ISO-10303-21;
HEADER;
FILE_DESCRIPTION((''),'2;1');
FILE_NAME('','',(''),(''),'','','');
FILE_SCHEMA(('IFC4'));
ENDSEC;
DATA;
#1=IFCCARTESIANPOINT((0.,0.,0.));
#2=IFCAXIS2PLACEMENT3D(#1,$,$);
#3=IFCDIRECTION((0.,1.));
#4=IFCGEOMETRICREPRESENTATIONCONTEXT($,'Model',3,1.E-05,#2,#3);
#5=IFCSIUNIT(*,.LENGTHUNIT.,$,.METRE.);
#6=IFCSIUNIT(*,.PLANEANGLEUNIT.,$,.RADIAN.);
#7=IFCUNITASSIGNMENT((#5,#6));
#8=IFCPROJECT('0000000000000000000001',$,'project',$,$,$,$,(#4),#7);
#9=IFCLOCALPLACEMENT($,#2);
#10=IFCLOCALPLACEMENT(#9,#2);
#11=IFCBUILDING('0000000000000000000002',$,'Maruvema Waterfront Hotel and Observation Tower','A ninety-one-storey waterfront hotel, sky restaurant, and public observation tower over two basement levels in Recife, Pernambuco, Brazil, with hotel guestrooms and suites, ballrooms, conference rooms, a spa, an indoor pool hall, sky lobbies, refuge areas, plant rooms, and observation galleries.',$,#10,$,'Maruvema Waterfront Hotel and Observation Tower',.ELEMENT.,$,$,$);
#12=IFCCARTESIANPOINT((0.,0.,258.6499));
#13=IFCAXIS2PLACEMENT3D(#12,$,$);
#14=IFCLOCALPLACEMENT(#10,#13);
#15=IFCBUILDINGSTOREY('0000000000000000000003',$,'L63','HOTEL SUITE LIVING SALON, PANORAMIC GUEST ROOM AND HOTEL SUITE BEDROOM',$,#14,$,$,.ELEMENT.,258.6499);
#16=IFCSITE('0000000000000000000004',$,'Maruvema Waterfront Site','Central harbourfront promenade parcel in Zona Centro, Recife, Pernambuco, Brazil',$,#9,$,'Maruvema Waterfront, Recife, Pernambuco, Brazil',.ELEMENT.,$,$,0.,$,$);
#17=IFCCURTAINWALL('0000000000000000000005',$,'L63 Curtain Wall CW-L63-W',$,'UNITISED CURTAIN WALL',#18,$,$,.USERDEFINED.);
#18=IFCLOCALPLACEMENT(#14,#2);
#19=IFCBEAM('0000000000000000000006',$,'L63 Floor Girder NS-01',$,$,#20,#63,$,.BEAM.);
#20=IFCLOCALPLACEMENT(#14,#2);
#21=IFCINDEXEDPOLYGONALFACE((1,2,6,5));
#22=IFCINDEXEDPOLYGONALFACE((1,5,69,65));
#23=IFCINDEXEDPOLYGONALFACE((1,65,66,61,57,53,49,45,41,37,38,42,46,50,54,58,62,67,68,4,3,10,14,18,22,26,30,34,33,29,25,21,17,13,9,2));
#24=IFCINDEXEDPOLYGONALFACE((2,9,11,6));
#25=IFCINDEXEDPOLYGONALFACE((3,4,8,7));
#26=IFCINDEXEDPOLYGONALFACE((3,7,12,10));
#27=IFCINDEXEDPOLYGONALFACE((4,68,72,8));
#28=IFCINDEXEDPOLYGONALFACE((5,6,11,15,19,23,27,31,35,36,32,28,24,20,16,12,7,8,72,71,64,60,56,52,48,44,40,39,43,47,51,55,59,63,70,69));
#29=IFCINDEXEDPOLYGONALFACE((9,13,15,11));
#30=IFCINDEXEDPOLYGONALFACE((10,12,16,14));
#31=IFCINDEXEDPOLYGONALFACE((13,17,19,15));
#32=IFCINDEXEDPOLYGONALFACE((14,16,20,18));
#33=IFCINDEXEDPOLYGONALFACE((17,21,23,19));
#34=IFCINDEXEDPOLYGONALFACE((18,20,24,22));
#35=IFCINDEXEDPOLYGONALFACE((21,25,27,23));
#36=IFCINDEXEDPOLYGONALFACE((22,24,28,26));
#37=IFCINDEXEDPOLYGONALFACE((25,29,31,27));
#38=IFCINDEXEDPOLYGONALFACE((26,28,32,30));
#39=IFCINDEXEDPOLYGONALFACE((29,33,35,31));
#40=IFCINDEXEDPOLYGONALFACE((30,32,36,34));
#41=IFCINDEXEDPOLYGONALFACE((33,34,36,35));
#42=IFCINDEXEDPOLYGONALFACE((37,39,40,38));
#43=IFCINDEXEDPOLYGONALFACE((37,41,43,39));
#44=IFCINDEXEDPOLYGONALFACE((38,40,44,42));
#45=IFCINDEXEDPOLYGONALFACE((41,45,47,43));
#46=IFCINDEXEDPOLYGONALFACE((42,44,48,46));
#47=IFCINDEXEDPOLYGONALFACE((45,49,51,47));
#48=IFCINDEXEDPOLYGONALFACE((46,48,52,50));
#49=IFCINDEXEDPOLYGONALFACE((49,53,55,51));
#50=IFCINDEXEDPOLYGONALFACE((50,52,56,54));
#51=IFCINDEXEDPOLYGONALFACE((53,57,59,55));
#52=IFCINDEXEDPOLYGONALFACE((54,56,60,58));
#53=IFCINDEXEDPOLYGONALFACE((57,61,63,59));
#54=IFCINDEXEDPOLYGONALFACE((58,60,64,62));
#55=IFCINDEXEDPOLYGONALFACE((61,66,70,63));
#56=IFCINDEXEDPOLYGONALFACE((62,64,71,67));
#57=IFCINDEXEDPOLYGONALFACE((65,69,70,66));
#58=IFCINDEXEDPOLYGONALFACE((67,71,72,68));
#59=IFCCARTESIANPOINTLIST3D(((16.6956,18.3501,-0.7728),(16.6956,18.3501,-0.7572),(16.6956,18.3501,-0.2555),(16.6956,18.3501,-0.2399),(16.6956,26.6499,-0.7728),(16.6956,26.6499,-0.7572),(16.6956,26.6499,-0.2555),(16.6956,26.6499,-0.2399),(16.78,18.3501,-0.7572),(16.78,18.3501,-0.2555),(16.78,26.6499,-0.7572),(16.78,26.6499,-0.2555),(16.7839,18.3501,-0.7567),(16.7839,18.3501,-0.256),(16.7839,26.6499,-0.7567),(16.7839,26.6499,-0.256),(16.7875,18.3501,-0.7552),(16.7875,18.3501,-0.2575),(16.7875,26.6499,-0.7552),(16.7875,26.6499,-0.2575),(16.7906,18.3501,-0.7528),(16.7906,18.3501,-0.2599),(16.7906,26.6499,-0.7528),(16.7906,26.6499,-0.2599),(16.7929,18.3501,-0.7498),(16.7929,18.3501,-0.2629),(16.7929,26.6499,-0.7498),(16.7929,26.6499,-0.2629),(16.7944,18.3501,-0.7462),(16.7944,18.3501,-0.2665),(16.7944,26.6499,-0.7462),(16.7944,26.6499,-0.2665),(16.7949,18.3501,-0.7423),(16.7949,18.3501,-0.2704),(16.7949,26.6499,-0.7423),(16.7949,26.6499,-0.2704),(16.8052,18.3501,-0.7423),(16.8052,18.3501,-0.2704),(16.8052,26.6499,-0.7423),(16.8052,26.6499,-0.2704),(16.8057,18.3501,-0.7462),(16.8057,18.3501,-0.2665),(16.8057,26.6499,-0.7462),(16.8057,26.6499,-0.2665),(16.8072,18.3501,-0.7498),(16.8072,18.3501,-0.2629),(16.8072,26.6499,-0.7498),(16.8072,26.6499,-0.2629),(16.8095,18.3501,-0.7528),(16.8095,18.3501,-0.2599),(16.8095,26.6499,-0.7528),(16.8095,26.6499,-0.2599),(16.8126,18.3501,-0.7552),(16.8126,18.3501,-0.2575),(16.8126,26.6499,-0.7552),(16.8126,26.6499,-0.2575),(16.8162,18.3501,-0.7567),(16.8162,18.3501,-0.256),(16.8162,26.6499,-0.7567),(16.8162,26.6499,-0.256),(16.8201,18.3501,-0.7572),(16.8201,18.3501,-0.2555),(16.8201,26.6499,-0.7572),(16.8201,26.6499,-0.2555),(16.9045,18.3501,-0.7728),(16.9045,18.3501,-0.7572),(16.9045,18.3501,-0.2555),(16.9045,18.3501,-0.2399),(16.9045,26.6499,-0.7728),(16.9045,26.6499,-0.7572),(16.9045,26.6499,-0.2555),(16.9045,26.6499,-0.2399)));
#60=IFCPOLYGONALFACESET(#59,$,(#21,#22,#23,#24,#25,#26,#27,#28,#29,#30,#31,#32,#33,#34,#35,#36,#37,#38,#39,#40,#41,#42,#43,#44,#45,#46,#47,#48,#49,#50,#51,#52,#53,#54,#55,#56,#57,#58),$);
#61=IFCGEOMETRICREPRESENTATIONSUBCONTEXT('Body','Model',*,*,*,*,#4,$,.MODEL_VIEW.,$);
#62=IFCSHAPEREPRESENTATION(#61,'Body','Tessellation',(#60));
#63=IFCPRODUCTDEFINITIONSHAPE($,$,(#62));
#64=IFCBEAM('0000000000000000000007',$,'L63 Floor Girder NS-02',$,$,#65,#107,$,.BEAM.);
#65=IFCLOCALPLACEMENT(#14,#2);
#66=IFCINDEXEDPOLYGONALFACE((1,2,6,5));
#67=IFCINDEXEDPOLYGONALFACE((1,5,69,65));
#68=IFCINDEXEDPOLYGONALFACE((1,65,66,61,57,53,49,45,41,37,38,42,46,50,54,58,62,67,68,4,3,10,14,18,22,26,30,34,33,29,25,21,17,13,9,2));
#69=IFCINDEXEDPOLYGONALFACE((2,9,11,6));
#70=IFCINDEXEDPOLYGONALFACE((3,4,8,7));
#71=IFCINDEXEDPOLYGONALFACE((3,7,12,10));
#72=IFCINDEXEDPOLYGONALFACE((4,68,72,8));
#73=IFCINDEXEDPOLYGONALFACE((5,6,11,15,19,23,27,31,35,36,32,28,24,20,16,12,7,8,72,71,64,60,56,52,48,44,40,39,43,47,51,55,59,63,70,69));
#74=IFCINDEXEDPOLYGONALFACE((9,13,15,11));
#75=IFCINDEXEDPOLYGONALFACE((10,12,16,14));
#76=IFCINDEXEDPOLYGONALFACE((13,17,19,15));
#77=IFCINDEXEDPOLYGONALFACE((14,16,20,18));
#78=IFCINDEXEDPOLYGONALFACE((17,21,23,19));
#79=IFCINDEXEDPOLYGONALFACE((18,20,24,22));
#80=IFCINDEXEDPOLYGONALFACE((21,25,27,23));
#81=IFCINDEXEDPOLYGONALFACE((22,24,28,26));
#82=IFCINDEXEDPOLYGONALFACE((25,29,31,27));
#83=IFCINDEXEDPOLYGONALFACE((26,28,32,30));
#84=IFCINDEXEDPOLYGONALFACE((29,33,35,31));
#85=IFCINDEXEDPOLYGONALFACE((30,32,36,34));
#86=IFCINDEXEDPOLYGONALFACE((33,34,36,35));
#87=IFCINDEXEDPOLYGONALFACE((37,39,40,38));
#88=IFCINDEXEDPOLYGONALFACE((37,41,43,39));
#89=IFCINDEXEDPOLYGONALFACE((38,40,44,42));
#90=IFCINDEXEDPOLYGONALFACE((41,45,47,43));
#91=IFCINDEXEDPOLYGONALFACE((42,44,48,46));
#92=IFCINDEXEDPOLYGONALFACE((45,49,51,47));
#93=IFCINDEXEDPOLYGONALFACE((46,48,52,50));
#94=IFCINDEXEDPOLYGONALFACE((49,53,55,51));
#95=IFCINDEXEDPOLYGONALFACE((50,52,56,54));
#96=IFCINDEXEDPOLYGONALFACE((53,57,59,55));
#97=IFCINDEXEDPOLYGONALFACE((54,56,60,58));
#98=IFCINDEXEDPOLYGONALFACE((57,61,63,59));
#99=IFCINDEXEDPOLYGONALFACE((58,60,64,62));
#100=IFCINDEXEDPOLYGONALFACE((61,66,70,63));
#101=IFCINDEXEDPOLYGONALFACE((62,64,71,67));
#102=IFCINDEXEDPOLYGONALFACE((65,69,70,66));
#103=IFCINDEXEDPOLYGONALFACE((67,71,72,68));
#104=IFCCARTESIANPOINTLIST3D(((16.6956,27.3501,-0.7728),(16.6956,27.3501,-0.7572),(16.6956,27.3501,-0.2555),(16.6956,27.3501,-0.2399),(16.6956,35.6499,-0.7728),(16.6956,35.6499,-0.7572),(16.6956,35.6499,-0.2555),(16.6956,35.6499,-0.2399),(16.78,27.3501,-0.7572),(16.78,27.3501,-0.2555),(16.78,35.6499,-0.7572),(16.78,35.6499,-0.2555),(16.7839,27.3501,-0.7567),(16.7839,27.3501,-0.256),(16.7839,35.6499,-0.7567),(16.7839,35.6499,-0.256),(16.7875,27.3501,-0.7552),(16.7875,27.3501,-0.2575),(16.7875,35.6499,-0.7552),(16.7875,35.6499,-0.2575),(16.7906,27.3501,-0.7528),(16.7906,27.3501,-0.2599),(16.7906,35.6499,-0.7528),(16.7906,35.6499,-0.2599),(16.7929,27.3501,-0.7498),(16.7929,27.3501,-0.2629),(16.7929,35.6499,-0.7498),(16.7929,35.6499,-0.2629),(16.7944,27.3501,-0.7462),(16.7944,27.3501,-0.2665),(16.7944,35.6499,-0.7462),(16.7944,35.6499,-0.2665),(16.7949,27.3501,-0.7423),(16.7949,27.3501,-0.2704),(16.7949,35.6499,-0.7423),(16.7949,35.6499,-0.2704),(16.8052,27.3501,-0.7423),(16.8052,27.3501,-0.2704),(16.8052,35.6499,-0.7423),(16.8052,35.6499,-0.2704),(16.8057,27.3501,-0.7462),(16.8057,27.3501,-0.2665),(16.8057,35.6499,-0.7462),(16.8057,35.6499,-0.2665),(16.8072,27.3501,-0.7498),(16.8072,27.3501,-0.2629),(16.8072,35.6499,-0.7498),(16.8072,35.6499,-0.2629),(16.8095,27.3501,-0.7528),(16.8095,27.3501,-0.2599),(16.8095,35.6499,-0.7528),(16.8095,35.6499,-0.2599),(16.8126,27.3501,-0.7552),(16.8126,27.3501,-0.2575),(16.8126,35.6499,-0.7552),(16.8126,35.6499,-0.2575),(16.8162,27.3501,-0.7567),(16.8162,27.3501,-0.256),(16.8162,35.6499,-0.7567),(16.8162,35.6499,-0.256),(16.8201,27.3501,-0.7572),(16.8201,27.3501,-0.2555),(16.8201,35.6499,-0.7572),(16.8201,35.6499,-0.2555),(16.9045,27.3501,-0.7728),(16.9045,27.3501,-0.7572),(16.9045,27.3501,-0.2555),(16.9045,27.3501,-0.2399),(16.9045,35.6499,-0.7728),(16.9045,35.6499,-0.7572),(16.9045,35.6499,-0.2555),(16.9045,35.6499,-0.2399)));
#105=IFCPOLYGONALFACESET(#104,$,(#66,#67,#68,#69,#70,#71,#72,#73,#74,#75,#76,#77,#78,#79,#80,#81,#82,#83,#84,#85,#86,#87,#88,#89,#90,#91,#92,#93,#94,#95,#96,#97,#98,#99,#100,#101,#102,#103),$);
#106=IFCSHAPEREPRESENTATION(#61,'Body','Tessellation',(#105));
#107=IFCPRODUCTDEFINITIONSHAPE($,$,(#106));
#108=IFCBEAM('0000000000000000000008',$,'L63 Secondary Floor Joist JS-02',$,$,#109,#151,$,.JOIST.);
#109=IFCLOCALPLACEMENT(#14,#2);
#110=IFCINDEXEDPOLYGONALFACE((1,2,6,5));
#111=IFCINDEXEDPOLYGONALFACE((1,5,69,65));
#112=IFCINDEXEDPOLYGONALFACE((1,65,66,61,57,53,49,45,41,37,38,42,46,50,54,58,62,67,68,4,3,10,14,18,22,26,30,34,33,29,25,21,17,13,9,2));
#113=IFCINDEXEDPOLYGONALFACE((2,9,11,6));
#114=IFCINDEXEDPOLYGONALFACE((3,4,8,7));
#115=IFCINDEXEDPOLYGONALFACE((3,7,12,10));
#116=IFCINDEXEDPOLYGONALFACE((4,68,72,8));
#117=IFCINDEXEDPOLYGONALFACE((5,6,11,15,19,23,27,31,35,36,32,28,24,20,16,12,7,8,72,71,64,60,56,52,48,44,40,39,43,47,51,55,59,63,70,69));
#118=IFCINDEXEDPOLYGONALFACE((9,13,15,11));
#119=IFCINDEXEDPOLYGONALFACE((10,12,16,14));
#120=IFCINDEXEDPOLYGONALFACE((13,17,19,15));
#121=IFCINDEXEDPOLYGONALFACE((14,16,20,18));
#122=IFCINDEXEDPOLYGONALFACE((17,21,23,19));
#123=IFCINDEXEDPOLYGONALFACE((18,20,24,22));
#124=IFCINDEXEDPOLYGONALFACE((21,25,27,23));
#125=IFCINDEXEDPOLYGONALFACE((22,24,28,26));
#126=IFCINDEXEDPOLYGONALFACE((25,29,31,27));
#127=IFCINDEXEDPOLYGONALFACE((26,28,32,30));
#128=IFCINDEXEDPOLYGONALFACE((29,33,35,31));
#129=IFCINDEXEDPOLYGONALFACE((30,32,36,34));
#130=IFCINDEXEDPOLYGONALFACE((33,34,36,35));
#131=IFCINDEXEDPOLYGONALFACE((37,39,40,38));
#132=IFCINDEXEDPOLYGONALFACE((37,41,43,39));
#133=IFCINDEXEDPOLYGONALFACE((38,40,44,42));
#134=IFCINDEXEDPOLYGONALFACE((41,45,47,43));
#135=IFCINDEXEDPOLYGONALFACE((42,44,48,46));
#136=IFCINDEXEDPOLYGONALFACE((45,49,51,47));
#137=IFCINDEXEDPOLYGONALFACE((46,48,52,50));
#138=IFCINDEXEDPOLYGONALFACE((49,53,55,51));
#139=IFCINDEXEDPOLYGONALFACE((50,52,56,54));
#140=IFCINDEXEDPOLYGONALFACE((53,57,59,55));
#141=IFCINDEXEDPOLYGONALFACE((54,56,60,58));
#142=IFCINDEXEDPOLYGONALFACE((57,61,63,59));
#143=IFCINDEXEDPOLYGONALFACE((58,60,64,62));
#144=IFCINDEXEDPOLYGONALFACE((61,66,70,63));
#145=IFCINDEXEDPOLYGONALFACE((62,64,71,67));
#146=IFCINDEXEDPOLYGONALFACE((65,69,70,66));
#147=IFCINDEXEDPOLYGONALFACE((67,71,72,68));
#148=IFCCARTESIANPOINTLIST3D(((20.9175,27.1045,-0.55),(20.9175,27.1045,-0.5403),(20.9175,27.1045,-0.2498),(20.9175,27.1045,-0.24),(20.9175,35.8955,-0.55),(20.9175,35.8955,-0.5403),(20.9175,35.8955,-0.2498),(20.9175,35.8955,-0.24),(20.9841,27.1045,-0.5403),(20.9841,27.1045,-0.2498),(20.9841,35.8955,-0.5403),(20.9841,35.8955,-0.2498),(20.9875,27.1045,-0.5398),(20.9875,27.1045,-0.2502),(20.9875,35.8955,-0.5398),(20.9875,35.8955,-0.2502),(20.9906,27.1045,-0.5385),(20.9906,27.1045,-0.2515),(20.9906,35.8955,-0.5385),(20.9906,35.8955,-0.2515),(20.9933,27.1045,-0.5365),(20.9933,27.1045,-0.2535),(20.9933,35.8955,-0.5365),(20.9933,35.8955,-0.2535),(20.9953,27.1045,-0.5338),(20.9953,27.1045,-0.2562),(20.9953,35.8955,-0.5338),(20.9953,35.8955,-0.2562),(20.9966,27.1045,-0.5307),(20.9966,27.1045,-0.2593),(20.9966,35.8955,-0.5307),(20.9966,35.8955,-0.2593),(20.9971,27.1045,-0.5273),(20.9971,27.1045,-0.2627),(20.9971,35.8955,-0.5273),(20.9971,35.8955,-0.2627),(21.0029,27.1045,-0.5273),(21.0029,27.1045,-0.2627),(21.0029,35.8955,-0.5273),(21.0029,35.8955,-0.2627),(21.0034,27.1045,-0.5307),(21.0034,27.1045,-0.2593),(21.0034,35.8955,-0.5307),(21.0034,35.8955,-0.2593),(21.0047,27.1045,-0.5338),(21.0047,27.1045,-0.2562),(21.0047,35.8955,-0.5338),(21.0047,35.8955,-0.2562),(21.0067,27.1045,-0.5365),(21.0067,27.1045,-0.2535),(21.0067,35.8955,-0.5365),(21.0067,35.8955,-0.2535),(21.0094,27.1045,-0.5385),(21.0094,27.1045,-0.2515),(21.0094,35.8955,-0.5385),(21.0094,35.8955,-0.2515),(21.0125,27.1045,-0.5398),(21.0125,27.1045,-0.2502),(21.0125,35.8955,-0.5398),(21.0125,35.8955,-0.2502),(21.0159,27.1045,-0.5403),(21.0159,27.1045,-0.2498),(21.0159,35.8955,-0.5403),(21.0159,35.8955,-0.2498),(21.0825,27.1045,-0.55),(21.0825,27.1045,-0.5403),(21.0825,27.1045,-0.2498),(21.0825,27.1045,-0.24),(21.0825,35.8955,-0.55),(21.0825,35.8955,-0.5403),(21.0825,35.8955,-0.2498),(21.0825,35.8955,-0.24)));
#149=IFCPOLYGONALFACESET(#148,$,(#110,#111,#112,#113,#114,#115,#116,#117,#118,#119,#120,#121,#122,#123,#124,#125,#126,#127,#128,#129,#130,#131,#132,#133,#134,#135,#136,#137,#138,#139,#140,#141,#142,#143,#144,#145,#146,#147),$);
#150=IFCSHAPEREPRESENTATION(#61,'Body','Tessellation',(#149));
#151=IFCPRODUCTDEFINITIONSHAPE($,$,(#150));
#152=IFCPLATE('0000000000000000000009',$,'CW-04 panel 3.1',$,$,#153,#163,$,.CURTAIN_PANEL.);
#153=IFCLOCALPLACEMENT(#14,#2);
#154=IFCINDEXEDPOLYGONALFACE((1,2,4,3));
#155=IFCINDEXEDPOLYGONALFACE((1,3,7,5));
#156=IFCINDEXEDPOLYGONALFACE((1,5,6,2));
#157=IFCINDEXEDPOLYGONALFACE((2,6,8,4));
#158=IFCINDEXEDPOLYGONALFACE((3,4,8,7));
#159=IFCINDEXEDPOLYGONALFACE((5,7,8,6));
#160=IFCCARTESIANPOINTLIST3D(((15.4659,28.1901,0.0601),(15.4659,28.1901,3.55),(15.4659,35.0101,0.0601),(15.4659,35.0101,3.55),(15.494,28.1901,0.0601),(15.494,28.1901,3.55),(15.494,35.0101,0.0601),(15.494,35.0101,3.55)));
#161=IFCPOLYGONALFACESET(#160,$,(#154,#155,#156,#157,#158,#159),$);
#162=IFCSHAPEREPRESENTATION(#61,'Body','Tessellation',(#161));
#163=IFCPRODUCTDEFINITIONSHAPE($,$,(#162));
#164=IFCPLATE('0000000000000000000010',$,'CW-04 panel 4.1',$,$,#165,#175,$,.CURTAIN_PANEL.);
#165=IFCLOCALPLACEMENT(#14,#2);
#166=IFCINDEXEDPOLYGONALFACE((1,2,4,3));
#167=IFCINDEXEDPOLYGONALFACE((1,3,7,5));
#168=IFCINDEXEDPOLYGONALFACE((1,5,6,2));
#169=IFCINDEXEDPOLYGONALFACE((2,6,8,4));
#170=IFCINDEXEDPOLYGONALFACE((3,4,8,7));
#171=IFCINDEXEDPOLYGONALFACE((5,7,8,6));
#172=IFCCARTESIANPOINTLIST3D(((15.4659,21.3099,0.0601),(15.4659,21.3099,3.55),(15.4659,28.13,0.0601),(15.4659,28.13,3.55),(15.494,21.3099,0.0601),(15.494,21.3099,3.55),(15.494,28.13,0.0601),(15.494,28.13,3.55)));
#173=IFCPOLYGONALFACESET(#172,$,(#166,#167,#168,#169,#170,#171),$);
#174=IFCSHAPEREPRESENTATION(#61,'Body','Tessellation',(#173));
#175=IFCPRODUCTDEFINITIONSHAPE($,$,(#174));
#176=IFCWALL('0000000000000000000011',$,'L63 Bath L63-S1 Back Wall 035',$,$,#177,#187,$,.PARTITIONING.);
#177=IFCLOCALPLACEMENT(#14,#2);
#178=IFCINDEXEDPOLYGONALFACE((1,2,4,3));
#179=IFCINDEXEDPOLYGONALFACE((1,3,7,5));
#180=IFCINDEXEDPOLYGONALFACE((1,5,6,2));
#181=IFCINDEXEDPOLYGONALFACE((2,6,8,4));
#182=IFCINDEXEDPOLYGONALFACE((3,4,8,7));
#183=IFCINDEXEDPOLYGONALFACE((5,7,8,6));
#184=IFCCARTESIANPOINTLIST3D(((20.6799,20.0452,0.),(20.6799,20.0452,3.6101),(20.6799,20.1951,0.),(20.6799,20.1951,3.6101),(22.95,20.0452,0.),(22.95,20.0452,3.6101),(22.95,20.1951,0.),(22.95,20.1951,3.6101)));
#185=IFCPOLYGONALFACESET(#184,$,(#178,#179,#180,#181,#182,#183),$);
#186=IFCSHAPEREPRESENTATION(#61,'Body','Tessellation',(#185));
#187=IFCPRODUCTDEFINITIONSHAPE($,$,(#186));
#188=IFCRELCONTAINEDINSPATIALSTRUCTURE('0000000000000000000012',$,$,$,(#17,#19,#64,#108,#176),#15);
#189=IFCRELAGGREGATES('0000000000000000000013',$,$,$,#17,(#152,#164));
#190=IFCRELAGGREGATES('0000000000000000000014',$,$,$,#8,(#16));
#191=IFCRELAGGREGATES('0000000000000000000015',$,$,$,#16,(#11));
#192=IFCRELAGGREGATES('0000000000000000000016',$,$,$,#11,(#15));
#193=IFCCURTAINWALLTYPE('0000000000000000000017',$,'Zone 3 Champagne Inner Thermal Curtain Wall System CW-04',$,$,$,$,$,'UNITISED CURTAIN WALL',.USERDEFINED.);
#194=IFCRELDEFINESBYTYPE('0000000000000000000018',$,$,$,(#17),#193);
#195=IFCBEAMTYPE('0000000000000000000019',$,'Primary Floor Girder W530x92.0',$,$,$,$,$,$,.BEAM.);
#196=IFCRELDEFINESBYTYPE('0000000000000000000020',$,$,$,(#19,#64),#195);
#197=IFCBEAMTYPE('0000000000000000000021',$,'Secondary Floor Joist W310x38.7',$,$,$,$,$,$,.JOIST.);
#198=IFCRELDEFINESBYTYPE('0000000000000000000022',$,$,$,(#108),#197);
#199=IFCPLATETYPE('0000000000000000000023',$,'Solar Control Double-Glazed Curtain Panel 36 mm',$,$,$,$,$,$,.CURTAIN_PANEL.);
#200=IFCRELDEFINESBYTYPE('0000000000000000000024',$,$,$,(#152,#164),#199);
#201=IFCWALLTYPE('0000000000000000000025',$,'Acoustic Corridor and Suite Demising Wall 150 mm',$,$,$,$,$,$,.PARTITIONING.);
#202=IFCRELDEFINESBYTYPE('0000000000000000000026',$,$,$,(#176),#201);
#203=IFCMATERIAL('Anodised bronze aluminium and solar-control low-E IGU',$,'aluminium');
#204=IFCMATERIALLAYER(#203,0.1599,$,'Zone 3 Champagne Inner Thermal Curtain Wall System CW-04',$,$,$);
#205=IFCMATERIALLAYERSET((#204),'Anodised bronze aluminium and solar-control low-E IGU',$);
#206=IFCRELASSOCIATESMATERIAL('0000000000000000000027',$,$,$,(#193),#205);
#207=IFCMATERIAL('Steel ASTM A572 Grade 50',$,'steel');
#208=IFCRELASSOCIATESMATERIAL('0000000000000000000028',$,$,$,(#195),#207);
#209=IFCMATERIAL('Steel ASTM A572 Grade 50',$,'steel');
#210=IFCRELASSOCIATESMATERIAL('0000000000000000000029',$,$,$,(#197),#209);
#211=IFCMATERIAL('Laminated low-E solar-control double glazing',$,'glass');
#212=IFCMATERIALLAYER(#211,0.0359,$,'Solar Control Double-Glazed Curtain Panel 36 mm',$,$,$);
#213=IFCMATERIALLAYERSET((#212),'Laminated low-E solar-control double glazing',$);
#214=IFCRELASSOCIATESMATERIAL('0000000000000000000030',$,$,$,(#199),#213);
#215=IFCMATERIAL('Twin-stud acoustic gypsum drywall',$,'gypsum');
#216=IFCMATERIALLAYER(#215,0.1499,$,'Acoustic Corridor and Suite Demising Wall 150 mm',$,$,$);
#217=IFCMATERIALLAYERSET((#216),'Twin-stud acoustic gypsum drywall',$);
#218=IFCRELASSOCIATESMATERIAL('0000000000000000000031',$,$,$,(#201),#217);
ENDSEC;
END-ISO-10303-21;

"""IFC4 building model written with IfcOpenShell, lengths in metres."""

from ifc_helpers import new_model, si_unit, direction, frame, frame_2d, origin, origin_2d, place, context, subcontext, project, spatial, rectangle, i_section, extrude, material, layer, layer_set, material_profile, profile_set, type_object, element, aggregate, save


model = new_model("IFC4")

# Units and contexts
model_context = context("Model", 3, precision=1e-05, world=origin(), true_north=direction((0.0, 1.0)))
body_context = subcontext(model_context, "Body", "Model", "MODEL_VIEW")
ifc_project = project(units=[si_unit("LENGTHUNIT", "METRE"), si_unit("PLANEANGLEUNIT", "RADIAN")], contexts=[model_context])

# Site, building, storey
site_placement = place(None, origin())
site = spatial("IfcSite", under=ifc_project, at=site_placement, Name="Maruvema Waterfront Site", Description="Central harbourfront promenade parcel in Zona Centro, Recife, Pernambuco, Brazil", LongName="Maruvema Waterfront, Recife, Pernambuco, Brazil", CompositionType="ELEMENT", RefElevation=0.0)
building_placement = place(site_placement, origin())
building = spatial("IfcBuilding", under=site, at=building_placement, Name="Maruvema Waterfront Hotel and Observation Tower", Description="A ninety-one-storey waterfront hotel, sky restaurant, and public observation tower over two basement levels in Recife, Pernambuco, Brazil, with hotel guestrooms and suites, ballrooms, conference rooms, a spa, an indoor pool hall, sky lobbies, refuge areas, plant rooms, and observation galleries.", LongName="Maruvema Waterfront Hotel and Observation Tower", CompositionType="ELEMENT")
storey_placement = place(building_placement, frame((0.0, 0.0, 258.6499)))
storey = spatial("IfcBuildingStorey", under=building, at=storey_placement, Name="L63", Description="HOTEL SUITE LIVING SALON, PANORAMIC GUEST ROOM AND HOTEL SUITE BEDROOM", CompositionType="ELEMENT", Elevation=258.6499)

# Curtain wall
ifc_material_1 = material(Name="Anodised bronze aluminium and solar-control low-E IGU", Category="aluminium")
ifc_layer_1 = layer(ifc_material_1, 0.1599, Name="Zone 3 Champagne Inner Thermal Curtain Wall System CW-04")
ifc_layer_set_1 = layer_set([ifc_layer_1], Name="Anodised bronze aluminium and solar-control low-E IGU")
curtain_wall_type = type_object("IfcCurtainWallType", Name="Zone 3 Champagne Inner Thermal Curtain Wall System CW-04", ElementType="UNITISED CURTAIN WALL", PredefinedType="USERDEFINED", material=ifc_layer_set_1)
curtain_wall_placement = place(storey_placement, origin())
curtain_wall = element("IfcCurtainWall", 1, at=curtain_wall_placement, inside=storey, type_object=curtain_wall_type, Name="L63 Curtain Wall CW-L63-W", ObjectType="UNITISED CURTAIN WALL", PredefinedType="USERDEFINED")

# Beams
ifc_material_2 = material(Name="Steel ASTM A572 Grade 50", Category="steel")
ifc_material_profile_1 = material_profile(ifc_material_2, i_section(OverallWidth=0.209, OverallDepth=0.533, WebThickness=0.0103, FlangeThickness=0.0156, FilletRadius=0.0149, at=origin_2d()), Name="W530x92.0")
ifc_profile_set_1 = profile_set([ifc_material_profile_1], Name="Steel ASTM A572 Grade 50")
beam_type_1 = type_object("IfcBeamType", Name="Primary Floor Girder W530x92.0", PredefinedType="BEAM", material=ifc_profile_set_1)
for number, where, z_axis, x_axis, name in (
    (2, (16.8, 18.3501, -0.5063), (0.0, 1.0, 0.0), (-1.0, 0.0, 0.0), "L63 Floor Girder NS-01"),
    (3, (16.8, 27.3501, -0.5063), (0.0, 1.0, 0.0), (-1.0, 0.0, 0.0), "L63 Floor Girder NS-02"),
):
    element("IfcBeam", number, at=place(storey_placement, frame(where, z_axis=z_axis, x_axis=x_axis)), inside=storey, type_object=beam_type_1, Name=name, PredefinedType="BEAM", context=body_context, shape_type="SweptSolid", body=[
        extrude(i_section(OverallWidth=0.209, OverallDepth=0.533, WebThickness=0.0103, FlangeThickness=0.0156, FilletRadius=0.0149, at=origin_2d()), origin(), (0.0, 0.0, 1.0), 8.2998),
    ])
ifc_material_3 = material(Name="Steel ASTM A572 Grade 50", Category="steel")
ifc_material_profile_2 = material_profile(ifc_material_3, i_section(OverallWidth=0.165, OverallDepth=0.3101, WebThickness=0.0059, FlangeThickness=0.0098, FilletRadius=0.0129, at=origin_2d()), Name="W310x38.7")
ifc_profile_set_2 = profile_set([ifc_material_profile_2], Name="Steel ASTM A572 Grade 50")
beam_type_2 = type_object("IfcBeamType", Name="Secondary Floor Joist W310x38.7", PredefinedType="JOIST", material=ifc_profile_set_2)
beam_1_placement = place(storey_placement, frame((21.0, 27.1045, -0.395), z_axis=(0.0, 1.0, 0.0), x_axis=(-1.0, 0.0, 0.0)))
element("IfcBeam", 4, at=beam_1_placement, inside=storey, type_object=beam_type_2, Name="L63 Secondary Floor Joist JS-02", PredefinedType="JOIST", context=body_context, shape_type="SweptSolid", body=[
    extrude(i_section(OverallWidth=0.165, OverallDepth=0.3101, WebThickness=0.0059, FlangeThickness=0.0098, FilletRadius=0.0129, at=origin_2d()), origin(), (0.0, 0.0, 1.0), 8.791),
])

# Plates
ifc_material_4 = material(Name="Laminated low-E solar-control double glazing", Category="glass")
ifc_layer_2 = layer(ifc_material_4, 0.0359, Name="Solar Control Double-Glazed Curtain Panel 36 mm")
ifc_layer_set_2 = layer_set([ifc_layer_2], Name="Laminated low-E solar-control double glazing")
plate_type = type_object("IfcPlateType", Name="Solar Control Double-Glazed Curtain Panel 36 mm", PredefinedType="CURTAIN_PANEL", material=ifc_layer_set_2)
plate_1_placement = place(storey_placement, frame((15.48, 31.6001, 0.0601), z_axis=(0.0, 0.0, 1.0), x_axis=(0.0, -1.0, 0.0)))
plate_1 = element("IfcPlate", 5, at=plate_1_placement, type_object=plate_type, Name="CW-04 panel 3.1", PredefinedType="CURTAIN_PANEL", context=body_context, shape_type="SweptSolid", body=[
    extrude(rectangle(XDim=6.8201, YDim=0.0281, at=origin_2d()), origin(), (0.0, 0.0, 1.0), 3.49),
])
plate_2_placement = place(storey_placement, frame((15.48, 24.72, 0.0601), z_axis=(0.0, 0.0, 1.0), x_axis=(0.0, -1.0, 0.0)))
plate_2 = element("IfcPlate", 6, at=plate_2_placement, type_object=plate_type, Name="CW-04 panel 4.1", PredefinedType="CURTAIN_PANEL", context=body_context, shape_type="SweptSolid", body=[
    extrude(rectangle(XDim=6.8201, YDim=0.0281, at=origin_2d()), origin(), (0.0, 0.0, 1.0), 3.49),
])
aggregate(curtain_wall, [plate_1, plate_2])

# Wall
ifc_material_5 = material(Name="Twin-stud acoustic gypsum drywall", Category="gypsum")
ifc_layer_3 = layer(ifc_material_5, 0.1499, Name="Acoustic Corridor and Suite Demising Wall 150 mm")
ifc_layer_set_3 = layer_set([ifc_layer_3], Name="Twin-stud acoustic gypsum drywall")
wall_type_1 = type_object("IfcWallType", Name="Acoustic Corridor and Suite Demising Wall 150 mm", PredefinedType="PARTITIONING", material=ifc_layer_set_3)
wall_1_placement = place(storey_placement, frame((20.6799, 20.1201, 0.0), z_axis=(0.0, 0.0, 1.0), x_axis=(1.0, 0.0, 0.0)))
element("IfcWall", 7, at=wall_1_placement, inside=storey, type_object=wall_type_1, Name="L63 Bath L63-S1 Back Wall 035", PredefinedType="PARTITIONING", context=body_context, shape_type="SweptSolid", body=[
    extrude(rectangle(XDim=2.27, YDim=0.1499, at=frame_2d((1.135, 0.0))), origin(), (0.0, 0.0, 1.0), 3.6101),
])

save(model, "model.ifc")
